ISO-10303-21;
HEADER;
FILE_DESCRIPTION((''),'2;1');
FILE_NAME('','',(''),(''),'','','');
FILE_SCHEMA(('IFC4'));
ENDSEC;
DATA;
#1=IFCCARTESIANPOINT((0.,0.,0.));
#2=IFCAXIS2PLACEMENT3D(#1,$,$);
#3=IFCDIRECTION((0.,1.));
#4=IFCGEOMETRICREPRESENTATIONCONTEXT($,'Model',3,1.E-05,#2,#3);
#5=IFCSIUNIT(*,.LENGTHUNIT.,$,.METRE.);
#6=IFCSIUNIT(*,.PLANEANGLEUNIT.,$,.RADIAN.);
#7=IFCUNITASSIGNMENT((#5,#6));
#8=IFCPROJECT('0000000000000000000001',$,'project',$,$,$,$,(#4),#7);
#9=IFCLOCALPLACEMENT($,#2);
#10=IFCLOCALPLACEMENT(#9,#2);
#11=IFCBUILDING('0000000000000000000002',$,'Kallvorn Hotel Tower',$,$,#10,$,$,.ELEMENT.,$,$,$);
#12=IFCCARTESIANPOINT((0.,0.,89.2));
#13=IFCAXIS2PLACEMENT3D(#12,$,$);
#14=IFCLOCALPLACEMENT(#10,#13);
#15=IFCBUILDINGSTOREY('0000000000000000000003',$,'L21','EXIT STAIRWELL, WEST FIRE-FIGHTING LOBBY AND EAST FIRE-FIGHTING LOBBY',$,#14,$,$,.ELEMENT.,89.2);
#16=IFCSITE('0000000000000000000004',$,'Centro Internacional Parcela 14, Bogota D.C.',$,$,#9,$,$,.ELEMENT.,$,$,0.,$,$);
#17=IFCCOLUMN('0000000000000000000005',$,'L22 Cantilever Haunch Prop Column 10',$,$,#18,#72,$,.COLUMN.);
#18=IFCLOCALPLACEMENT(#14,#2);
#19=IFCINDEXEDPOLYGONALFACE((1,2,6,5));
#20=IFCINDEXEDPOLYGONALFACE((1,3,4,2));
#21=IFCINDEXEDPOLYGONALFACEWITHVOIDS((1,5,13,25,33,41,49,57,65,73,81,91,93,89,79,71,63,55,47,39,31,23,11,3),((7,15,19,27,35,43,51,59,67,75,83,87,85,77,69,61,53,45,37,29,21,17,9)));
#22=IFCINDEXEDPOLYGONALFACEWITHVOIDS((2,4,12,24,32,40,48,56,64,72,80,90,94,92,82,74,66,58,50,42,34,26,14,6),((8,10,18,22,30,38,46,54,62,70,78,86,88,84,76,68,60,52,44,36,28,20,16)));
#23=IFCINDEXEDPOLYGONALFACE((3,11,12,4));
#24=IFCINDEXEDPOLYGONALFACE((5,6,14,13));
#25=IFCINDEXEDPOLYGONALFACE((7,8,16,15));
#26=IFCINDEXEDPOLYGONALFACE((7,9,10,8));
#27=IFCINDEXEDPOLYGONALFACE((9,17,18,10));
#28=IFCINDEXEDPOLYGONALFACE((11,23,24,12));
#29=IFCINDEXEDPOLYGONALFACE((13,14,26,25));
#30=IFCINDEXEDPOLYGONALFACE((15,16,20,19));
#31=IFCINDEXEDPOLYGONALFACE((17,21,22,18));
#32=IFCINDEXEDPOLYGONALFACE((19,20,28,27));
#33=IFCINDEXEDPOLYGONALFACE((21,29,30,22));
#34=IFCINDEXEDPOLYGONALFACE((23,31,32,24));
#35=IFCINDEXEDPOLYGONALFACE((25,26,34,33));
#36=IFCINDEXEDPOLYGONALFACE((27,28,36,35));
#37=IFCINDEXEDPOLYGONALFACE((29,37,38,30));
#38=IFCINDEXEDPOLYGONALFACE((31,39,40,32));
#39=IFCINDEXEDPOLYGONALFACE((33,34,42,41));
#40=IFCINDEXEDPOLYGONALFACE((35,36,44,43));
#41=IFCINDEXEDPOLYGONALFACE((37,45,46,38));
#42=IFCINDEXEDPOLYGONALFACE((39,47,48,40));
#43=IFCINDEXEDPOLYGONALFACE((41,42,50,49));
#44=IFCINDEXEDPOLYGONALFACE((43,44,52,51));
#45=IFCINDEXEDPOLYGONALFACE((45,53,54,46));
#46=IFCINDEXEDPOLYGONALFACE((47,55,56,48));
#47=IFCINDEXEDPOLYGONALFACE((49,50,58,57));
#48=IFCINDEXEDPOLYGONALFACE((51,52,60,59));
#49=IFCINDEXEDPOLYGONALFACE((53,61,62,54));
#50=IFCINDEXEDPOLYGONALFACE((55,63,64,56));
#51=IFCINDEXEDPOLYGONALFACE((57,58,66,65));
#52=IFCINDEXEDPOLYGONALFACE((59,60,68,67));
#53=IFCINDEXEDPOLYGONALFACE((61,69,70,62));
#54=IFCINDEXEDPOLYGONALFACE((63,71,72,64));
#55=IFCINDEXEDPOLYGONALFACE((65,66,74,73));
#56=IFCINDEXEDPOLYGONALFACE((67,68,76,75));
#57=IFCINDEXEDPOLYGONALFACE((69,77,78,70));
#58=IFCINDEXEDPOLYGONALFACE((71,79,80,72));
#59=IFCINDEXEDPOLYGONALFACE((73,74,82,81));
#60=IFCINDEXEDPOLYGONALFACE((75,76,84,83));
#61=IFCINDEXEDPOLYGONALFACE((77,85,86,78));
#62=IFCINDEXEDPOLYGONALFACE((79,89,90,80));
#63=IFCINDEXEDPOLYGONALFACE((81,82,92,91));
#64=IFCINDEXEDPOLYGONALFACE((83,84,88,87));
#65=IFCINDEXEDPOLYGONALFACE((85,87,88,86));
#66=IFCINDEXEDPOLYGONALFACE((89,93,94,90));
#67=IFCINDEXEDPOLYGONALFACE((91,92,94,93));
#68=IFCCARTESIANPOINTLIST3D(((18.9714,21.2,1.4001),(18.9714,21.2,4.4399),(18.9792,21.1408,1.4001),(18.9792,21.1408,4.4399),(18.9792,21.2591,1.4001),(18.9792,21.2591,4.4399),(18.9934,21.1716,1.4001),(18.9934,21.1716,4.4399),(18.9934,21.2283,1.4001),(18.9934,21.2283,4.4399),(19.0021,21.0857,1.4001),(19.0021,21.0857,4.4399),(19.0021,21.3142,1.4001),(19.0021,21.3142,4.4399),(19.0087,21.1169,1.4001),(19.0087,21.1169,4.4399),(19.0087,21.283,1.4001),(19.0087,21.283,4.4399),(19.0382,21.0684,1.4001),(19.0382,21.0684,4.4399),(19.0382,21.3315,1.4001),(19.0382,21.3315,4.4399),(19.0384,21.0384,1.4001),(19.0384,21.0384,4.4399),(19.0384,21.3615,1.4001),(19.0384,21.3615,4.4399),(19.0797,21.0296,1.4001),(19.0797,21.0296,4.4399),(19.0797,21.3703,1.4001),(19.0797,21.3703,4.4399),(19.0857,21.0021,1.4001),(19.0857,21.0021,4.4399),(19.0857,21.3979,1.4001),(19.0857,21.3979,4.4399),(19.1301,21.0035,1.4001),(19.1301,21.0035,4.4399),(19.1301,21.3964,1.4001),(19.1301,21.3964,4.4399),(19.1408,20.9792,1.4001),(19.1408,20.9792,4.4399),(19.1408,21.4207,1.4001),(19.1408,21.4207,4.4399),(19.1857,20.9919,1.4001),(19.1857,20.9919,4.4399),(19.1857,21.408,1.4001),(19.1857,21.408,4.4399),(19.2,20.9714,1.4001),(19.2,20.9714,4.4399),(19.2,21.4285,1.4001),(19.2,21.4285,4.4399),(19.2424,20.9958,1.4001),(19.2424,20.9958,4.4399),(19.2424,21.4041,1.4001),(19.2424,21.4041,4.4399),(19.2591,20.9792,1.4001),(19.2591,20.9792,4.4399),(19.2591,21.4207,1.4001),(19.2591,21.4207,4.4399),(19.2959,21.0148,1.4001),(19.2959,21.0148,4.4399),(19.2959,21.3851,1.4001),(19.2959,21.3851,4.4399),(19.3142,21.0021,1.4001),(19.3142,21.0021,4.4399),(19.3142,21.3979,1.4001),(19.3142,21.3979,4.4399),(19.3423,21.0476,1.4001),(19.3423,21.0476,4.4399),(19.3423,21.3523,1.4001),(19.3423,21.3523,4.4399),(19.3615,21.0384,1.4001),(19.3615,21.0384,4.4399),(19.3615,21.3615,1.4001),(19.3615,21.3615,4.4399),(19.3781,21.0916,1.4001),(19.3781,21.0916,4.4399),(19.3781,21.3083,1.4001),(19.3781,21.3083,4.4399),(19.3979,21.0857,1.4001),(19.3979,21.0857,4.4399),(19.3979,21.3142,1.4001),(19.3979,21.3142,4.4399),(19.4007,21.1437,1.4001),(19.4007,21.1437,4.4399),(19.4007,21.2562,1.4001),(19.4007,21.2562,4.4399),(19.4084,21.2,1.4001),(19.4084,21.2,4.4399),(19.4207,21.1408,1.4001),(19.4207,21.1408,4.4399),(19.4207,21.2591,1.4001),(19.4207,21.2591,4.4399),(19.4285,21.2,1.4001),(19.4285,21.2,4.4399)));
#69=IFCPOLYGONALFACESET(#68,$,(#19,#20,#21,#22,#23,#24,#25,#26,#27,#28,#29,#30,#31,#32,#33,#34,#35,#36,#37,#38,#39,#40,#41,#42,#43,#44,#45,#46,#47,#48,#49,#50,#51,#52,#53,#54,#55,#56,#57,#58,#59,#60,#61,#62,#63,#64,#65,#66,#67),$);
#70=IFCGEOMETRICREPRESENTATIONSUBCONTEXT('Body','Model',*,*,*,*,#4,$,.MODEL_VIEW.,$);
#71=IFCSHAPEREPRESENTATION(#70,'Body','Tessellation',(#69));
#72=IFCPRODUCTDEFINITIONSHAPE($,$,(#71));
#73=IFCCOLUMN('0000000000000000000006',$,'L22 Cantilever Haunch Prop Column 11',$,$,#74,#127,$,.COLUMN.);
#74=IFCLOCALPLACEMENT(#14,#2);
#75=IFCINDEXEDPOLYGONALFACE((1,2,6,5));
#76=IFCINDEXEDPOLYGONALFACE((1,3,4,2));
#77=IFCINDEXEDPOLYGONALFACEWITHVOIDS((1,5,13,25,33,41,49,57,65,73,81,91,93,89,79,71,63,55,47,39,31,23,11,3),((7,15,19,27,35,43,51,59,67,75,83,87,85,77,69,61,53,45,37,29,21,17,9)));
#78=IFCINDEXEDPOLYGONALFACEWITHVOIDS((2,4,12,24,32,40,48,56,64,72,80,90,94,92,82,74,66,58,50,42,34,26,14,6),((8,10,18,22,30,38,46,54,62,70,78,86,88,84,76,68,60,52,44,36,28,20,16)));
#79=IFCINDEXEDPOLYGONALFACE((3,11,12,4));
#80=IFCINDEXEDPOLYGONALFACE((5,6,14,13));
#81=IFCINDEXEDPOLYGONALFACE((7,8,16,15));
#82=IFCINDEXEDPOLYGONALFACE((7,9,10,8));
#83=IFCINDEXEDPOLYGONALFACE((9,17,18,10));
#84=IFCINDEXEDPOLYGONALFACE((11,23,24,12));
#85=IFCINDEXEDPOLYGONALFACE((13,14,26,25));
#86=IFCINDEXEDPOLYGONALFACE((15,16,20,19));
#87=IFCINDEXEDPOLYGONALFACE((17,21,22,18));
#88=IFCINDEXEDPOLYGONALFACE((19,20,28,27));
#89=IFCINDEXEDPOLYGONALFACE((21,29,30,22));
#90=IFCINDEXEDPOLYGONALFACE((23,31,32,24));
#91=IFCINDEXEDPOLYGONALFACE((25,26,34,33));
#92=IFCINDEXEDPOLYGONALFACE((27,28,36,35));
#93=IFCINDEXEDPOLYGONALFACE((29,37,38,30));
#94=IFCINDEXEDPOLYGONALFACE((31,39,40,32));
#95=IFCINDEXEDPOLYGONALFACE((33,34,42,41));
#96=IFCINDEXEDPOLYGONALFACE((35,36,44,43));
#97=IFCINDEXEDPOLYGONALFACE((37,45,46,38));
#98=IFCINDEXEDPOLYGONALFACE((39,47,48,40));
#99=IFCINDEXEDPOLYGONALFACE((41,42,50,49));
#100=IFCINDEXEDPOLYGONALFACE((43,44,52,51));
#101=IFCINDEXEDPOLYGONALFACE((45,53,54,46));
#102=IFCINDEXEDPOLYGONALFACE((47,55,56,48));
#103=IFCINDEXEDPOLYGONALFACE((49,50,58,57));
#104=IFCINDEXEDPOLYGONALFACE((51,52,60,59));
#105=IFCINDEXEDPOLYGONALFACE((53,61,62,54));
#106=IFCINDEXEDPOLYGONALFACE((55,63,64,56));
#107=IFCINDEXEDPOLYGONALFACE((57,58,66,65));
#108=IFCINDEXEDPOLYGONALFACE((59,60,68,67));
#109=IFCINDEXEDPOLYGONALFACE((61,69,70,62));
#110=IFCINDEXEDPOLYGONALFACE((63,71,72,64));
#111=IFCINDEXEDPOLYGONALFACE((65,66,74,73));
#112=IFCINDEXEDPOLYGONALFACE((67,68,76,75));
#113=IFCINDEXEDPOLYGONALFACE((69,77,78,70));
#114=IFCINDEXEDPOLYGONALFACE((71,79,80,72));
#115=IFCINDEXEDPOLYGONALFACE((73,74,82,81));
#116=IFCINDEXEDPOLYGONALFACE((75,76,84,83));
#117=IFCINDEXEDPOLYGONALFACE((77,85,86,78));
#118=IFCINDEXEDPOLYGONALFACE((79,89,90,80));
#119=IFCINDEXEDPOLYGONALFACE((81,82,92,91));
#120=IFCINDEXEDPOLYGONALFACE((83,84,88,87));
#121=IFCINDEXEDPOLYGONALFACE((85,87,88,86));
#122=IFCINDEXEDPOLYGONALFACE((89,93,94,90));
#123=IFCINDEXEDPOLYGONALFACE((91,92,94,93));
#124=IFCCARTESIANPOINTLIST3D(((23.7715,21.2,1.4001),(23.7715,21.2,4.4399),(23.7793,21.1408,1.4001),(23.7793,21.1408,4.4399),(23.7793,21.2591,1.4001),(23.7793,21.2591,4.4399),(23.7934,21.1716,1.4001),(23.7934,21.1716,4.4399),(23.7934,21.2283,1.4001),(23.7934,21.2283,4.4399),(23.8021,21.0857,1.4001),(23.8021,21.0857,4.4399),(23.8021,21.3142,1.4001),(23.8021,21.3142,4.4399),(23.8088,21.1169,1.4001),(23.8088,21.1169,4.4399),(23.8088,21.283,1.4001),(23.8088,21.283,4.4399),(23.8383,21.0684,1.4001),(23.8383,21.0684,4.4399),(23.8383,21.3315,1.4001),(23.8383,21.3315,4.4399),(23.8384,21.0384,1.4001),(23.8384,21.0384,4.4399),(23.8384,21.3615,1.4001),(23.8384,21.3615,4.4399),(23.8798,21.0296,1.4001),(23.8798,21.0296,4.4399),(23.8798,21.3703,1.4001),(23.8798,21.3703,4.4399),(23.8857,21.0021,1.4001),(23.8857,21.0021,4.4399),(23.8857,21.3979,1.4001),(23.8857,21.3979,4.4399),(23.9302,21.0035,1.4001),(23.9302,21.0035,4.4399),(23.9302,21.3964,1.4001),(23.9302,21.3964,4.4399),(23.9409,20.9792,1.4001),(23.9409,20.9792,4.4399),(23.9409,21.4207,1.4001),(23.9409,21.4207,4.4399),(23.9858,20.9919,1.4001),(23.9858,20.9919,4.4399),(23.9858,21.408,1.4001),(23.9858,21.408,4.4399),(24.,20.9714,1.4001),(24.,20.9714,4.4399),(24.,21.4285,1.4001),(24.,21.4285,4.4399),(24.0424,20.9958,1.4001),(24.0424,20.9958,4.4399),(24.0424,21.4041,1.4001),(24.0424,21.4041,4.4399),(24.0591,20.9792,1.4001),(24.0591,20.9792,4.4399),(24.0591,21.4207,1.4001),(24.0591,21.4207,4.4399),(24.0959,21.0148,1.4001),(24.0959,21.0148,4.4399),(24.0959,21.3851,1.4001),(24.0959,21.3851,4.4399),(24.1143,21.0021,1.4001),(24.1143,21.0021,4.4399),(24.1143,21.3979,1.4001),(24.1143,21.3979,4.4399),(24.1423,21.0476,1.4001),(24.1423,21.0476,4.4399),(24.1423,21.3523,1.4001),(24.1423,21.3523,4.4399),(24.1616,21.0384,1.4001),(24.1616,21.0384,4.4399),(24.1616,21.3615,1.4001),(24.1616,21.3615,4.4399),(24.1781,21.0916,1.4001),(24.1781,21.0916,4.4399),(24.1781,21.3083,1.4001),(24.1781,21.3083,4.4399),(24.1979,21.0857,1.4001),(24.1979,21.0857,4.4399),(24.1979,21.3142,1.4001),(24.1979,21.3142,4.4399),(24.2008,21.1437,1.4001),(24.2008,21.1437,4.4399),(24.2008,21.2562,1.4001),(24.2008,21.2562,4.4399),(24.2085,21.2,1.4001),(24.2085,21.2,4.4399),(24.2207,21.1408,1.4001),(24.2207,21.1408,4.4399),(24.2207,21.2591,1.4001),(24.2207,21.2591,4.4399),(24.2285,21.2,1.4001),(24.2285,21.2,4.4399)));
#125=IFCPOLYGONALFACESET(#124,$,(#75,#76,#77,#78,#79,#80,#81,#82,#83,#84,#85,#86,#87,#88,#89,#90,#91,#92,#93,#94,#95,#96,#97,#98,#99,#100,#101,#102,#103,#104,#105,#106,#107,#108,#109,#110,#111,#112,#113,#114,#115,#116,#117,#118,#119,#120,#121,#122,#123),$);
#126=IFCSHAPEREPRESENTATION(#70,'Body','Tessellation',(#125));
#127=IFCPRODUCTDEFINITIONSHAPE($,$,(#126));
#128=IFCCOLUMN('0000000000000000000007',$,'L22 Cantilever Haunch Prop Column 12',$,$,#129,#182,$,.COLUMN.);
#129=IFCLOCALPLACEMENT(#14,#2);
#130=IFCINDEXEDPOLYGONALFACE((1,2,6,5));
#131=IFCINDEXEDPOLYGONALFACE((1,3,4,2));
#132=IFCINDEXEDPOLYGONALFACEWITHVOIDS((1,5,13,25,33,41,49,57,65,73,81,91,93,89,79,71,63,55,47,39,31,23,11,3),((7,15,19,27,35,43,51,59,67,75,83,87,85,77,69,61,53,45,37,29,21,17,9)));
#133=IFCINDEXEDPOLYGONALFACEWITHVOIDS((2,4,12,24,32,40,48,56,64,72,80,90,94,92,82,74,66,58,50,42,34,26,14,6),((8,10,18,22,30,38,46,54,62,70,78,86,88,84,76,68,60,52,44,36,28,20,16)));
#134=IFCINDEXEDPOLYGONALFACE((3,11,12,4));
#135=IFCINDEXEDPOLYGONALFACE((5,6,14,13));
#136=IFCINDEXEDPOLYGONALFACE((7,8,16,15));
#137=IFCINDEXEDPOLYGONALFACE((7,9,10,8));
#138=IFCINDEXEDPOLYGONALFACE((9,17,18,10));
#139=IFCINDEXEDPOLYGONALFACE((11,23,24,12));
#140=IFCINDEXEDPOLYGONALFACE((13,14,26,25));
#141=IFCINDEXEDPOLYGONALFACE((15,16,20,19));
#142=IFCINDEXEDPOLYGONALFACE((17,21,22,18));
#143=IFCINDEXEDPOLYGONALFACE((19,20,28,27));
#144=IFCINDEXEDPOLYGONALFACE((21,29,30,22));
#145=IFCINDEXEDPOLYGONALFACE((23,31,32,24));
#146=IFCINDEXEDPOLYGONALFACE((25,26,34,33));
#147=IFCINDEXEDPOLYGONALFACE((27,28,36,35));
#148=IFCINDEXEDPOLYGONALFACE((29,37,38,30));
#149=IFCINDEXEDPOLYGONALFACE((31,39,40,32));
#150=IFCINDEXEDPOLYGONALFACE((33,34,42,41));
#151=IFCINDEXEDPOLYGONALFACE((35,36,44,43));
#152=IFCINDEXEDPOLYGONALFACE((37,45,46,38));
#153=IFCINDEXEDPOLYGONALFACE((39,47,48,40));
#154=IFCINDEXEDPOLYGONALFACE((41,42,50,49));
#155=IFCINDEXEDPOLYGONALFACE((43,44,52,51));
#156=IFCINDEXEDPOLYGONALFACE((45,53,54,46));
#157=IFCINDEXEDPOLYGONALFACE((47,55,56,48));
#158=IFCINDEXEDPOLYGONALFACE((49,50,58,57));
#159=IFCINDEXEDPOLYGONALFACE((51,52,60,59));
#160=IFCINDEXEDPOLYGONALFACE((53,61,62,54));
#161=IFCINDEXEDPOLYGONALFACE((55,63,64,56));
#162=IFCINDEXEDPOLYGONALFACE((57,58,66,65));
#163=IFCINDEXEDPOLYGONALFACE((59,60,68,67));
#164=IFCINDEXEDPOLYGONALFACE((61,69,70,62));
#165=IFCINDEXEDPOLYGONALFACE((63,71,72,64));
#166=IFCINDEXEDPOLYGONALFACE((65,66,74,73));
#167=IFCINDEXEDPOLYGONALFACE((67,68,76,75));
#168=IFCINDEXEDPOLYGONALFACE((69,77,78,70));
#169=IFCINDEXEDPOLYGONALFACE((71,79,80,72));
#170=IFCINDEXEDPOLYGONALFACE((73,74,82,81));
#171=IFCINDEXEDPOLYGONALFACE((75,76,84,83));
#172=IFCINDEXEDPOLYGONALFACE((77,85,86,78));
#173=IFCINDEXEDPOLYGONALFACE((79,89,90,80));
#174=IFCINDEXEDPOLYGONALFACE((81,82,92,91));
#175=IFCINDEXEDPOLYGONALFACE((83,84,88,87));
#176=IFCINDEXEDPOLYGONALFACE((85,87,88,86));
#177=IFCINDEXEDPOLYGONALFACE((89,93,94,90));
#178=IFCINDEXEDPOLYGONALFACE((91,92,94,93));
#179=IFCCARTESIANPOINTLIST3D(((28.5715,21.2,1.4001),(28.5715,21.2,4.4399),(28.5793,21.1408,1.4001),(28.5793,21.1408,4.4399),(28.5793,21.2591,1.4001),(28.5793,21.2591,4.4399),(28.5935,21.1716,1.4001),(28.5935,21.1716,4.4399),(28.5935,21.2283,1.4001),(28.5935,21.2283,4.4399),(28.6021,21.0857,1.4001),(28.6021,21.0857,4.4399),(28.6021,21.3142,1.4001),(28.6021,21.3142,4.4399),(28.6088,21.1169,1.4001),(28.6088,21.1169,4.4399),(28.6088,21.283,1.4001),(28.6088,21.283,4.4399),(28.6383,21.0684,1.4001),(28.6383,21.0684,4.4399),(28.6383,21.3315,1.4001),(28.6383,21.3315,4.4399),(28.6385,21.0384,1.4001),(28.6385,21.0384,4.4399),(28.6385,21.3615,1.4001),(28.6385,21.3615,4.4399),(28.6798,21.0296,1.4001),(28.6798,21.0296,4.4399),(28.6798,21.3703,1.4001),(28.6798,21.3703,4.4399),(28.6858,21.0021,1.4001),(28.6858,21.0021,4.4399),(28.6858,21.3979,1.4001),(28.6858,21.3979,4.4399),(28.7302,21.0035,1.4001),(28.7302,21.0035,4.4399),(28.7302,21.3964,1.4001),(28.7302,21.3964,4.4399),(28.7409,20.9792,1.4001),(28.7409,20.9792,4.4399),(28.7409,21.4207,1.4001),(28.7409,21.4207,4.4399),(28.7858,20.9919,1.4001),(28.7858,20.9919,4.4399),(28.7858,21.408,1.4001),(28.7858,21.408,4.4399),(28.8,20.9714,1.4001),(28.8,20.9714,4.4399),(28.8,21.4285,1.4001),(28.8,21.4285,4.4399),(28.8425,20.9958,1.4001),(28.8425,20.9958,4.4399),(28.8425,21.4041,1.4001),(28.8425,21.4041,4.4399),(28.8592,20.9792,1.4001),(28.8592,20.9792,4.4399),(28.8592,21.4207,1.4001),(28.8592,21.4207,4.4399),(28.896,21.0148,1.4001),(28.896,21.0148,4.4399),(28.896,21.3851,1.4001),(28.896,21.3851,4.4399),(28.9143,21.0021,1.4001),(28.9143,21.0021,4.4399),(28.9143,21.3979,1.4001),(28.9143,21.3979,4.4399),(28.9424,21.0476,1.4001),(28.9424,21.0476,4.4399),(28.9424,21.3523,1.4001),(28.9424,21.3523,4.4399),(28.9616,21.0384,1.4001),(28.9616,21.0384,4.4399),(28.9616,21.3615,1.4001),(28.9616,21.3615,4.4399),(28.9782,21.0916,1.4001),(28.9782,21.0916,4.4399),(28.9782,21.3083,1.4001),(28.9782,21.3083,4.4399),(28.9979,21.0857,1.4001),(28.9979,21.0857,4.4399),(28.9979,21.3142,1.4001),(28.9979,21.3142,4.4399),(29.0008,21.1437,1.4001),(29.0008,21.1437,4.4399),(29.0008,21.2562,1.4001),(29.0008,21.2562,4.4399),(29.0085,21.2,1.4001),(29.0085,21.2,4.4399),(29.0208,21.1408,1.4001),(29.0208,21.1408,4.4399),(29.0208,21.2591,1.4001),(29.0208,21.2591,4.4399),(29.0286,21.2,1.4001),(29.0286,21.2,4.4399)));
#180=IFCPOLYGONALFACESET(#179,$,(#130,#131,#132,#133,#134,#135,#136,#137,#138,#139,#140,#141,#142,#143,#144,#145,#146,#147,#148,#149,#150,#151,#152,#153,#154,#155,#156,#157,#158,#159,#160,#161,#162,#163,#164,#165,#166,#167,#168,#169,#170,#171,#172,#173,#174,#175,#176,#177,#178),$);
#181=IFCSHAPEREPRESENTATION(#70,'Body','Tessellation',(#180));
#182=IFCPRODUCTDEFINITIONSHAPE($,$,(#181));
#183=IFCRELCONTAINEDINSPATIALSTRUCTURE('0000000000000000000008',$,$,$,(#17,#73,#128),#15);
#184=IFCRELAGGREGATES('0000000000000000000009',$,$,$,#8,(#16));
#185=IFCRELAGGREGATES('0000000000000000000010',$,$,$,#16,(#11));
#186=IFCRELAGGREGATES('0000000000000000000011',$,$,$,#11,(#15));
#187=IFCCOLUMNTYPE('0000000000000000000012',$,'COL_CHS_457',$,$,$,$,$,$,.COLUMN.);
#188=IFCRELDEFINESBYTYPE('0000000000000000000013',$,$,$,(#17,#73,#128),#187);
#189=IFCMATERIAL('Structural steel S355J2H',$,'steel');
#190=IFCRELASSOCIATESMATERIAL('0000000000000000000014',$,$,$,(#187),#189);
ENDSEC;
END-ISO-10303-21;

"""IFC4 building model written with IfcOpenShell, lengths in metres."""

from ifc_helpers import new_model, si_unit, direction, frame, origin, origin_2d, place, context, subcontext, project, spatial, hollow_circle, extrude, material, material_profile, profile_set, type_object, element, save


model = new_model("IFC4")

# Units and contexts
model_context = context("Model", 3, precision=1e-05, world=origin(), true_north=direction((0.0, 1.0)))
body_context = subcontext(model_context, "Body", "Model", "MODEL_VIEW")
ifc_project = project(units=[si_unit("LENGTHUNIT", "METRE"), si_unit("PLANEANGLEUNIT", "RADIAN")], contexts=[model_context])

# Site, building, storey
site_placement = place(None, origin())
site = spatial("IfcSite", under=ifc_project, at=site_placement, Name="Centro Internacional Parcela 14, Bogota D.C.", CompositionType="ELEMENT", RefElevation=0.0)
building_placement = place(site_placement, origin())
building = spatial("IfcBuilding", under=site, at=building_placement, Name="Kallvorn Hotel Tower", CompositionType="ELEMENT")
storey_placement = place(building_placement, frame((0.0, 0.0, 89.2)))
storey = spatial("IfcBuildingStorey", under=building, at=storey_placement, Name="L21", Description="EXIT STAIRWELL, WEST FIRE-FIGHTING LOBBY AND EAST FIRE-FIGHTING LOBBY", CompositionType="ELEMENT", Elevation=89.2)

# Columns
ifc_material_1 = material(Name="Structural steel S355J2H", Category="steel")
ifc_material_profile_1 = material_profile(ifc_material_1, hollow_circle(Radius=0.2285, WallThickness=0.02, at=origin_2d()), Name="CHS 457x20")
ifc_profile_set_1 = profile_set([ifc_material_profile_1], Name="Structural steel S355J2H")
column_type_1 = type_object("IfcColumnType", Name="COL_CHS_457", PredefinedType="COLUMN", material=ifc_profile_set_1)
for number, where, z_axis, x_axis, name in (
    (1, (19.2, 21.2, 1.4001), (0.0, 0.0, 1.0), (1.0, 0.0, 0.0), "L22 Cantilever Haunch Prop Column 10"),
    (2, (24.0, 21.2, 1.4001), (0.0, 0.0, 1.0), (1.0, 0.0, 0.0), "L22 Cantilever Haunch Prop Column 11"),
    (3, (28.8, 21.2, 1.4001), (0.0, 0.0, 1.0), (1.0, 0.0, 0.0), "L22 Cantilever Haunch Prop Column 12"),
):
    element("IfcColumn", number, at=place(storey_placement, frame(where, z_axis=z_axis, x_axis=x_axis)), inside=storey, type_object=column_type_1, Name=name, PredefinedType="COLUMN", context=body_context, shape_type="SweptSolid", body=[
        extrude(hollow_circle(Radius=0.2285, WallThickness=0.02, at=origin_2d()), origin(), (0.0, 0.0, 1.0), 3.0398),
    ])

save(model, "model.ifc")
